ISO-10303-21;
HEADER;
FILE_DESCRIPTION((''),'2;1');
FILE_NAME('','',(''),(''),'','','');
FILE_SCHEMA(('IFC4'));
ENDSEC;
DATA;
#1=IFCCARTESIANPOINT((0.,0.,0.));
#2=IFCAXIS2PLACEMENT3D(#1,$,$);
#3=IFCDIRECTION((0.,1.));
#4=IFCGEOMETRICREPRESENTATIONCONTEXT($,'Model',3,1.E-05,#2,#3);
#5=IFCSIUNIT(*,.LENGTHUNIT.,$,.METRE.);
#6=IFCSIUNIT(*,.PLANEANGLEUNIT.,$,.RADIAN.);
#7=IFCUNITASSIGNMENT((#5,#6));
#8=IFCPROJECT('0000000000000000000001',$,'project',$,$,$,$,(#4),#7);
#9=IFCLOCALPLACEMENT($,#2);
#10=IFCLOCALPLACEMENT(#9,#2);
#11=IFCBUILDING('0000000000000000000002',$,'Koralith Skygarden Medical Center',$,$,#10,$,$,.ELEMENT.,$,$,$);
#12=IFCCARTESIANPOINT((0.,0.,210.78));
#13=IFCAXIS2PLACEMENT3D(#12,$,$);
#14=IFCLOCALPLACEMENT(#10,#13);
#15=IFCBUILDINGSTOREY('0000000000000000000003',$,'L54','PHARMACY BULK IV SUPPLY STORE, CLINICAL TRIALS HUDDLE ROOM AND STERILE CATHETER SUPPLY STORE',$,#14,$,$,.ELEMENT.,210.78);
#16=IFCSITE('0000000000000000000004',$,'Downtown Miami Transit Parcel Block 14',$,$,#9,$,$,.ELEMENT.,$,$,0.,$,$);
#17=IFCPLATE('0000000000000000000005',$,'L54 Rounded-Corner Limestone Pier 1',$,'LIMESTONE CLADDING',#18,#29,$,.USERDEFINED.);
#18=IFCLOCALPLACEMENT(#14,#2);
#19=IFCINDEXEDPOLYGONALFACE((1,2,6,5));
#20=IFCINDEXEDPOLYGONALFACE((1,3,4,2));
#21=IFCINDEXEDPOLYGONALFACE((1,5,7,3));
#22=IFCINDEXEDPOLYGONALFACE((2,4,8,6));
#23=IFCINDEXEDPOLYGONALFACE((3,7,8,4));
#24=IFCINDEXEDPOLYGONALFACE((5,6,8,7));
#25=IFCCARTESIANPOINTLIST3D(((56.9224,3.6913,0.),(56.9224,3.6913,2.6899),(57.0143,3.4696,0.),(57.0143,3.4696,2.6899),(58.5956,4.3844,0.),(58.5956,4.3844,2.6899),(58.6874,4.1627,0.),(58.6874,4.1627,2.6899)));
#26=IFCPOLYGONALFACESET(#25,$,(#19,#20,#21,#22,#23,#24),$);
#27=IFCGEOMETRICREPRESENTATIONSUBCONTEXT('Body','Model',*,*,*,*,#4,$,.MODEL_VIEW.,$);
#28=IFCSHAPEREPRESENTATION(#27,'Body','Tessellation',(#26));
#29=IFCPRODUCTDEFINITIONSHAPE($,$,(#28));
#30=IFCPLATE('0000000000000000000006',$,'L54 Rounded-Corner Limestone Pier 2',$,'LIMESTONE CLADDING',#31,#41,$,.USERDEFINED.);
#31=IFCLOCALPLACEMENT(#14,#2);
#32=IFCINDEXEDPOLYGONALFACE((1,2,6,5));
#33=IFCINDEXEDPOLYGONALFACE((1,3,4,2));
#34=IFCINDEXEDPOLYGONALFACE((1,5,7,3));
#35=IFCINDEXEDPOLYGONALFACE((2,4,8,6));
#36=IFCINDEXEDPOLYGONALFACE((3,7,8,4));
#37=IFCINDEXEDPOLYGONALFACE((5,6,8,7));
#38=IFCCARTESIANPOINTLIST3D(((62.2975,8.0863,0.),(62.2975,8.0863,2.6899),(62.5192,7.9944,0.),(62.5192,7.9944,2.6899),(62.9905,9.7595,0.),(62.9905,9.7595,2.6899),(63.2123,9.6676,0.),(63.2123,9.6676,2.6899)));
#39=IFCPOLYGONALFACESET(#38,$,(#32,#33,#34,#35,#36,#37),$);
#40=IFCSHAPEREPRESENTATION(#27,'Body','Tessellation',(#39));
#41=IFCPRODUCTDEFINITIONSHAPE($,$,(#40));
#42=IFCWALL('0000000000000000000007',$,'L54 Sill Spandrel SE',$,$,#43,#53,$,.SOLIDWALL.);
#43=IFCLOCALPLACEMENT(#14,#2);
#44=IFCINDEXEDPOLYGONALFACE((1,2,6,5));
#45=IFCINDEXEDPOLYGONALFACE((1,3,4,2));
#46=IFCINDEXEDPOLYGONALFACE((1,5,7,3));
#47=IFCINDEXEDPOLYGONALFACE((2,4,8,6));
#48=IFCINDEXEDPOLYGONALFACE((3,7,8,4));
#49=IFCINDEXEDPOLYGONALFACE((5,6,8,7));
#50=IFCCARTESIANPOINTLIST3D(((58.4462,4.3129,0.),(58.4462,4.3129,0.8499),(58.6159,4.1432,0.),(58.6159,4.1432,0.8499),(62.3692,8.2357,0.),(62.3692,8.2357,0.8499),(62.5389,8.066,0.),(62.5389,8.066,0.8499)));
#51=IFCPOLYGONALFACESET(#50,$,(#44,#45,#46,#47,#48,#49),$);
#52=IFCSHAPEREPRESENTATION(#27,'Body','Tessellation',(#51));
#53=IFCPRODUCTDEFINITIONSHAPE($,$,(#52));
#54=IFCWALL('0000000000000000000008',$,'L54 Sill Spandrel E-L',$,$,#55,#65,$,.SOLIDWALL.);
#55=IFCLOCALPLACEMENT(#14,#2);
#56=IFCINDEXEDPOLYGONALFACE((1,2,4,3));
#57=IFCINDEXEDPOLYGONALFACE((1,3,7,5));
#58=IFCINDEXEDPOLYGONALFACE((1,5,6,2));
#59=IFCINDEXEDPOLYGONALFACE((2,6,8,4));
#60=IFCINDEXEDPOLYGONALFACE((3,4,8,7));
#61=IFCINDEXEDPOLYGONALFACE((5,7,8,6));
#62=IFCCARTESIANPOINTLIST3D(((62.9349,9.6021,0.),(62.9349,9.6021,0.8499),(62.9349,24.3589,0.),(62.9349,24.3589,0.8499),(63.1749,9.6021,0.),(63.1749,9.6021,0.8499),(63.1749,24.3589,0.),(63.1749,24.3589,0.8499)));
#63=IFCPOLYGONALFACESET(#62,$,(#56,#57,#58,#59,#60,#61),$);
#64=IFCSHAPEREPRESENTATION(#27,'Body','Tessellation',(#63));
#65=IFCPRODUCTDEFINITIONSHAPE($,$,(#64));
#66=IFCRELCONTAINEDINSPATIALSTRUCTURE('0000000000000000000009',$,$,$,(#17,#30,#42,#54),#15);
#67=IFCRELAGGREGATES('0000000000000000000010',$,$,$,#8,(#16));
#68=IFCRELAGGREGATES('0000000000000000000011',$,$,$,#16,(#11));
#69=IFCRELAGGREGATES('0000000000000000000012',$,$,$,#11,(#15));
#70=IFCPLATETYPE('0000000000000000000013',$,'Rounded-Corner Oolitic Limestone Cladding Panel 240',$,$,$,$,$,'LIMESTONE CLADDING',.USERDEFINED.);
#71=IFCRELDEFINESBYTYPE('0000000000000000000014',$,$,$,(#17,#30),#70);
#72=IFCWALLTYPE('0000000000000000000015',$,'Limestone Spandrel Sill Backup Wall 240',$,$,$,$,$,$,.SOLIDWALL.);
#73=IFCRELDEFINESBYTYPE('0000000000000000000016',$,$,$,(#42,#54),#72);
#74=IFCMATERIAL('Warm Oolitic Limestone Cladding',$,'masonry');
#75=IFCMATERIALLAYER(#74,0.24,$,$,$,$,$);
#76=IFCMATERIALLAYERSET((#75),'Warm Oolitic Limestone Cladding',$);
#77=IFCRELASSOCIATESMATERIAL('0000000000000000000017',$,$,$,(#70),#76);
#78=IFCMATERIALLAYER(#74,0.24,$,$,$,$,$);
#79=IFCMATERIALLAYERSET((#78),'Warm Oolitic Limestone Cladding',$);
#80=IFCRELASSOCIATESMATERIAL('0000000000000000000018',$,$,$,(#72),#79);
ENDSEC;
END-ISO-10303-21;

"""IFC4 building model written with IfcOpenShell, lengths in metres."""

from ifc_helpers import new_model, si_unit, direction, frame, frame_2d, origin, origin_2d, place, context, subcontext, project, spatial, rectangle, extrude, material, layer, layer_set, type_object, element, save


model = new_model("IFC4")

# Units and contexts
model_context = context("Model", 3, precision=1e-05, world=origin(), true_north=direction((0.0, 1.0)))
body_context = subcontext(model_context, "Body", "Model", "MODEL_VIEW")
ifc_project = project(units=[si_unit("LENGTHUNIT", "METRE"), si_unit("PLANEANGLEUNIT", "RADIAN")], contexts=[model_context])

# Site, building, storey
site_placement = place(None, origin())
site = spatial("IfcSite", under=ifc_project, at=site_placement, Name="Downtown Miami Transit Parcel Block 14", CompositionType="ELEMENT", RefElevation=0.0)
building_placement = place(site_placement, origin())
building = spatial("IfcBuilding", under=site, at=building_placement, Name="Koralith Skygarden Medical Center", CompositionType="ELEMENT")
storey_placement = place(building_placement, frame((0.0, 0.0, 210.78)))
storey = spatial("IfcBuildingStorey", under=building, at=storey_placement, Name="L54", Description="PHARMACY BULK IV SUPPLY STORE, CLINICAL TRIALS HUDDLE ROOM AND STERILE CATHETER SUPPLY STORE", CompositionType="ELEMENT", Elevation=210.78)

# Plates
ifc_material_1 = material(Name="Warm Oolitic Limestone Cladding", Category="masonry")
ifc_layer_1 = layer(ifc_material_1, 0.24)
ifc_layer_set_1 = layer_set([ifc_layer_1], Name="Warm Oolitic Limestone Cladding")
plate_type_1 = type_object("IfcPlateType", Name="Rounded-Corner Oolitic Limestone Cladding Panel 240", ElementType="LIMESTONE CLADDING", PredefinedType="USERDEFINED", material=ifc_layer_set_1)
for number, where, z_axis, x_axis, name in (
    (1, (57.8049, 3.927, 0.0), (0.0, 0.0, 1.0), (0.923885, 0.382671, 0.0), "L54 Rounded-Corner Limestone Pier 1"),
    (2, (62.7549, 8.877, 0.0), (0.0, 0.0, 1.0), (0.382671, 0.923885, 0.0), "L54 Rounded-Corner Limestone Pier 2"),
):
    element("IfcPlate", number, at=place(storey_placement, frame(where, z_axis=z_axis, x_axis=x_axis)), inside=storey, type_object=plate_type_1, Name=name, ObjectType="LIMESTONE CLADDING", PredefinedType="USERDEFINED", context=body_context, shape_type="SweptSolid", body=[
        extrude(rectangle(XDim=1.811, YDim=0.24, at=origin_2d()), origin(), (0.0, 0.0, 1.0), 2.6899),
    ])

# Walls
ifc_layer_2 = layer(ifc_material_1, 0.24)
ifc_layer_set_2 = layer_set([ifc_layer_2], Name="Warm Oolitic Limestone Cladding")
wall_type = type_object("IfcWallType", Name="Limestone Spandrel Sill Backup Wall 240", PredefinedType="SOLIDWALL", material=ifc_layer_set_2)
wall_1_placement = place(storey_placement, frame((58.531, 4.228, 0.0), z_axis=(0.0, 0.0, 1.0), x_axis=(0.707129, 0.707085, 0.0)))
element("IfcWall", 3, at=wall_1_placement, inside=storey, type_object=wall_type, Name="L54 Sill Spandrel SE", PredefinedType="SOLIDWALL", context=body_context, shape_type="SweptSolid", body=[
    extrude(rectangle(XDim=5.5479, YDim=0.24, at=frame_2d((2.7739, 0.0))), origin(), (0.0, 0.0, 1.0), 0.8499),
])
wall_2_placement = place(storey_placement, frame((63.0549, 9.6021, 0.0), z_axis=(0.0, 0.0, 1.0), x_axis=(0.0, 1.0, 0.0)))
element("IfcWall", 4, at=wall_2_placement, inside=storey, type_object=wall_type, Name="L54 Sill Spandrel E-L", PredefinedType="SOLIDWALL", context=body_context, shape_type="SweptSolid", body=[
    extrude(rectangle(XDim=14.7568, YDim=0.24, at=frame_2d((7.3784, 0.0))), origin(), (0.0, 0.0, 1.0), 0.8499),
])

save(model, "model.ifc")
